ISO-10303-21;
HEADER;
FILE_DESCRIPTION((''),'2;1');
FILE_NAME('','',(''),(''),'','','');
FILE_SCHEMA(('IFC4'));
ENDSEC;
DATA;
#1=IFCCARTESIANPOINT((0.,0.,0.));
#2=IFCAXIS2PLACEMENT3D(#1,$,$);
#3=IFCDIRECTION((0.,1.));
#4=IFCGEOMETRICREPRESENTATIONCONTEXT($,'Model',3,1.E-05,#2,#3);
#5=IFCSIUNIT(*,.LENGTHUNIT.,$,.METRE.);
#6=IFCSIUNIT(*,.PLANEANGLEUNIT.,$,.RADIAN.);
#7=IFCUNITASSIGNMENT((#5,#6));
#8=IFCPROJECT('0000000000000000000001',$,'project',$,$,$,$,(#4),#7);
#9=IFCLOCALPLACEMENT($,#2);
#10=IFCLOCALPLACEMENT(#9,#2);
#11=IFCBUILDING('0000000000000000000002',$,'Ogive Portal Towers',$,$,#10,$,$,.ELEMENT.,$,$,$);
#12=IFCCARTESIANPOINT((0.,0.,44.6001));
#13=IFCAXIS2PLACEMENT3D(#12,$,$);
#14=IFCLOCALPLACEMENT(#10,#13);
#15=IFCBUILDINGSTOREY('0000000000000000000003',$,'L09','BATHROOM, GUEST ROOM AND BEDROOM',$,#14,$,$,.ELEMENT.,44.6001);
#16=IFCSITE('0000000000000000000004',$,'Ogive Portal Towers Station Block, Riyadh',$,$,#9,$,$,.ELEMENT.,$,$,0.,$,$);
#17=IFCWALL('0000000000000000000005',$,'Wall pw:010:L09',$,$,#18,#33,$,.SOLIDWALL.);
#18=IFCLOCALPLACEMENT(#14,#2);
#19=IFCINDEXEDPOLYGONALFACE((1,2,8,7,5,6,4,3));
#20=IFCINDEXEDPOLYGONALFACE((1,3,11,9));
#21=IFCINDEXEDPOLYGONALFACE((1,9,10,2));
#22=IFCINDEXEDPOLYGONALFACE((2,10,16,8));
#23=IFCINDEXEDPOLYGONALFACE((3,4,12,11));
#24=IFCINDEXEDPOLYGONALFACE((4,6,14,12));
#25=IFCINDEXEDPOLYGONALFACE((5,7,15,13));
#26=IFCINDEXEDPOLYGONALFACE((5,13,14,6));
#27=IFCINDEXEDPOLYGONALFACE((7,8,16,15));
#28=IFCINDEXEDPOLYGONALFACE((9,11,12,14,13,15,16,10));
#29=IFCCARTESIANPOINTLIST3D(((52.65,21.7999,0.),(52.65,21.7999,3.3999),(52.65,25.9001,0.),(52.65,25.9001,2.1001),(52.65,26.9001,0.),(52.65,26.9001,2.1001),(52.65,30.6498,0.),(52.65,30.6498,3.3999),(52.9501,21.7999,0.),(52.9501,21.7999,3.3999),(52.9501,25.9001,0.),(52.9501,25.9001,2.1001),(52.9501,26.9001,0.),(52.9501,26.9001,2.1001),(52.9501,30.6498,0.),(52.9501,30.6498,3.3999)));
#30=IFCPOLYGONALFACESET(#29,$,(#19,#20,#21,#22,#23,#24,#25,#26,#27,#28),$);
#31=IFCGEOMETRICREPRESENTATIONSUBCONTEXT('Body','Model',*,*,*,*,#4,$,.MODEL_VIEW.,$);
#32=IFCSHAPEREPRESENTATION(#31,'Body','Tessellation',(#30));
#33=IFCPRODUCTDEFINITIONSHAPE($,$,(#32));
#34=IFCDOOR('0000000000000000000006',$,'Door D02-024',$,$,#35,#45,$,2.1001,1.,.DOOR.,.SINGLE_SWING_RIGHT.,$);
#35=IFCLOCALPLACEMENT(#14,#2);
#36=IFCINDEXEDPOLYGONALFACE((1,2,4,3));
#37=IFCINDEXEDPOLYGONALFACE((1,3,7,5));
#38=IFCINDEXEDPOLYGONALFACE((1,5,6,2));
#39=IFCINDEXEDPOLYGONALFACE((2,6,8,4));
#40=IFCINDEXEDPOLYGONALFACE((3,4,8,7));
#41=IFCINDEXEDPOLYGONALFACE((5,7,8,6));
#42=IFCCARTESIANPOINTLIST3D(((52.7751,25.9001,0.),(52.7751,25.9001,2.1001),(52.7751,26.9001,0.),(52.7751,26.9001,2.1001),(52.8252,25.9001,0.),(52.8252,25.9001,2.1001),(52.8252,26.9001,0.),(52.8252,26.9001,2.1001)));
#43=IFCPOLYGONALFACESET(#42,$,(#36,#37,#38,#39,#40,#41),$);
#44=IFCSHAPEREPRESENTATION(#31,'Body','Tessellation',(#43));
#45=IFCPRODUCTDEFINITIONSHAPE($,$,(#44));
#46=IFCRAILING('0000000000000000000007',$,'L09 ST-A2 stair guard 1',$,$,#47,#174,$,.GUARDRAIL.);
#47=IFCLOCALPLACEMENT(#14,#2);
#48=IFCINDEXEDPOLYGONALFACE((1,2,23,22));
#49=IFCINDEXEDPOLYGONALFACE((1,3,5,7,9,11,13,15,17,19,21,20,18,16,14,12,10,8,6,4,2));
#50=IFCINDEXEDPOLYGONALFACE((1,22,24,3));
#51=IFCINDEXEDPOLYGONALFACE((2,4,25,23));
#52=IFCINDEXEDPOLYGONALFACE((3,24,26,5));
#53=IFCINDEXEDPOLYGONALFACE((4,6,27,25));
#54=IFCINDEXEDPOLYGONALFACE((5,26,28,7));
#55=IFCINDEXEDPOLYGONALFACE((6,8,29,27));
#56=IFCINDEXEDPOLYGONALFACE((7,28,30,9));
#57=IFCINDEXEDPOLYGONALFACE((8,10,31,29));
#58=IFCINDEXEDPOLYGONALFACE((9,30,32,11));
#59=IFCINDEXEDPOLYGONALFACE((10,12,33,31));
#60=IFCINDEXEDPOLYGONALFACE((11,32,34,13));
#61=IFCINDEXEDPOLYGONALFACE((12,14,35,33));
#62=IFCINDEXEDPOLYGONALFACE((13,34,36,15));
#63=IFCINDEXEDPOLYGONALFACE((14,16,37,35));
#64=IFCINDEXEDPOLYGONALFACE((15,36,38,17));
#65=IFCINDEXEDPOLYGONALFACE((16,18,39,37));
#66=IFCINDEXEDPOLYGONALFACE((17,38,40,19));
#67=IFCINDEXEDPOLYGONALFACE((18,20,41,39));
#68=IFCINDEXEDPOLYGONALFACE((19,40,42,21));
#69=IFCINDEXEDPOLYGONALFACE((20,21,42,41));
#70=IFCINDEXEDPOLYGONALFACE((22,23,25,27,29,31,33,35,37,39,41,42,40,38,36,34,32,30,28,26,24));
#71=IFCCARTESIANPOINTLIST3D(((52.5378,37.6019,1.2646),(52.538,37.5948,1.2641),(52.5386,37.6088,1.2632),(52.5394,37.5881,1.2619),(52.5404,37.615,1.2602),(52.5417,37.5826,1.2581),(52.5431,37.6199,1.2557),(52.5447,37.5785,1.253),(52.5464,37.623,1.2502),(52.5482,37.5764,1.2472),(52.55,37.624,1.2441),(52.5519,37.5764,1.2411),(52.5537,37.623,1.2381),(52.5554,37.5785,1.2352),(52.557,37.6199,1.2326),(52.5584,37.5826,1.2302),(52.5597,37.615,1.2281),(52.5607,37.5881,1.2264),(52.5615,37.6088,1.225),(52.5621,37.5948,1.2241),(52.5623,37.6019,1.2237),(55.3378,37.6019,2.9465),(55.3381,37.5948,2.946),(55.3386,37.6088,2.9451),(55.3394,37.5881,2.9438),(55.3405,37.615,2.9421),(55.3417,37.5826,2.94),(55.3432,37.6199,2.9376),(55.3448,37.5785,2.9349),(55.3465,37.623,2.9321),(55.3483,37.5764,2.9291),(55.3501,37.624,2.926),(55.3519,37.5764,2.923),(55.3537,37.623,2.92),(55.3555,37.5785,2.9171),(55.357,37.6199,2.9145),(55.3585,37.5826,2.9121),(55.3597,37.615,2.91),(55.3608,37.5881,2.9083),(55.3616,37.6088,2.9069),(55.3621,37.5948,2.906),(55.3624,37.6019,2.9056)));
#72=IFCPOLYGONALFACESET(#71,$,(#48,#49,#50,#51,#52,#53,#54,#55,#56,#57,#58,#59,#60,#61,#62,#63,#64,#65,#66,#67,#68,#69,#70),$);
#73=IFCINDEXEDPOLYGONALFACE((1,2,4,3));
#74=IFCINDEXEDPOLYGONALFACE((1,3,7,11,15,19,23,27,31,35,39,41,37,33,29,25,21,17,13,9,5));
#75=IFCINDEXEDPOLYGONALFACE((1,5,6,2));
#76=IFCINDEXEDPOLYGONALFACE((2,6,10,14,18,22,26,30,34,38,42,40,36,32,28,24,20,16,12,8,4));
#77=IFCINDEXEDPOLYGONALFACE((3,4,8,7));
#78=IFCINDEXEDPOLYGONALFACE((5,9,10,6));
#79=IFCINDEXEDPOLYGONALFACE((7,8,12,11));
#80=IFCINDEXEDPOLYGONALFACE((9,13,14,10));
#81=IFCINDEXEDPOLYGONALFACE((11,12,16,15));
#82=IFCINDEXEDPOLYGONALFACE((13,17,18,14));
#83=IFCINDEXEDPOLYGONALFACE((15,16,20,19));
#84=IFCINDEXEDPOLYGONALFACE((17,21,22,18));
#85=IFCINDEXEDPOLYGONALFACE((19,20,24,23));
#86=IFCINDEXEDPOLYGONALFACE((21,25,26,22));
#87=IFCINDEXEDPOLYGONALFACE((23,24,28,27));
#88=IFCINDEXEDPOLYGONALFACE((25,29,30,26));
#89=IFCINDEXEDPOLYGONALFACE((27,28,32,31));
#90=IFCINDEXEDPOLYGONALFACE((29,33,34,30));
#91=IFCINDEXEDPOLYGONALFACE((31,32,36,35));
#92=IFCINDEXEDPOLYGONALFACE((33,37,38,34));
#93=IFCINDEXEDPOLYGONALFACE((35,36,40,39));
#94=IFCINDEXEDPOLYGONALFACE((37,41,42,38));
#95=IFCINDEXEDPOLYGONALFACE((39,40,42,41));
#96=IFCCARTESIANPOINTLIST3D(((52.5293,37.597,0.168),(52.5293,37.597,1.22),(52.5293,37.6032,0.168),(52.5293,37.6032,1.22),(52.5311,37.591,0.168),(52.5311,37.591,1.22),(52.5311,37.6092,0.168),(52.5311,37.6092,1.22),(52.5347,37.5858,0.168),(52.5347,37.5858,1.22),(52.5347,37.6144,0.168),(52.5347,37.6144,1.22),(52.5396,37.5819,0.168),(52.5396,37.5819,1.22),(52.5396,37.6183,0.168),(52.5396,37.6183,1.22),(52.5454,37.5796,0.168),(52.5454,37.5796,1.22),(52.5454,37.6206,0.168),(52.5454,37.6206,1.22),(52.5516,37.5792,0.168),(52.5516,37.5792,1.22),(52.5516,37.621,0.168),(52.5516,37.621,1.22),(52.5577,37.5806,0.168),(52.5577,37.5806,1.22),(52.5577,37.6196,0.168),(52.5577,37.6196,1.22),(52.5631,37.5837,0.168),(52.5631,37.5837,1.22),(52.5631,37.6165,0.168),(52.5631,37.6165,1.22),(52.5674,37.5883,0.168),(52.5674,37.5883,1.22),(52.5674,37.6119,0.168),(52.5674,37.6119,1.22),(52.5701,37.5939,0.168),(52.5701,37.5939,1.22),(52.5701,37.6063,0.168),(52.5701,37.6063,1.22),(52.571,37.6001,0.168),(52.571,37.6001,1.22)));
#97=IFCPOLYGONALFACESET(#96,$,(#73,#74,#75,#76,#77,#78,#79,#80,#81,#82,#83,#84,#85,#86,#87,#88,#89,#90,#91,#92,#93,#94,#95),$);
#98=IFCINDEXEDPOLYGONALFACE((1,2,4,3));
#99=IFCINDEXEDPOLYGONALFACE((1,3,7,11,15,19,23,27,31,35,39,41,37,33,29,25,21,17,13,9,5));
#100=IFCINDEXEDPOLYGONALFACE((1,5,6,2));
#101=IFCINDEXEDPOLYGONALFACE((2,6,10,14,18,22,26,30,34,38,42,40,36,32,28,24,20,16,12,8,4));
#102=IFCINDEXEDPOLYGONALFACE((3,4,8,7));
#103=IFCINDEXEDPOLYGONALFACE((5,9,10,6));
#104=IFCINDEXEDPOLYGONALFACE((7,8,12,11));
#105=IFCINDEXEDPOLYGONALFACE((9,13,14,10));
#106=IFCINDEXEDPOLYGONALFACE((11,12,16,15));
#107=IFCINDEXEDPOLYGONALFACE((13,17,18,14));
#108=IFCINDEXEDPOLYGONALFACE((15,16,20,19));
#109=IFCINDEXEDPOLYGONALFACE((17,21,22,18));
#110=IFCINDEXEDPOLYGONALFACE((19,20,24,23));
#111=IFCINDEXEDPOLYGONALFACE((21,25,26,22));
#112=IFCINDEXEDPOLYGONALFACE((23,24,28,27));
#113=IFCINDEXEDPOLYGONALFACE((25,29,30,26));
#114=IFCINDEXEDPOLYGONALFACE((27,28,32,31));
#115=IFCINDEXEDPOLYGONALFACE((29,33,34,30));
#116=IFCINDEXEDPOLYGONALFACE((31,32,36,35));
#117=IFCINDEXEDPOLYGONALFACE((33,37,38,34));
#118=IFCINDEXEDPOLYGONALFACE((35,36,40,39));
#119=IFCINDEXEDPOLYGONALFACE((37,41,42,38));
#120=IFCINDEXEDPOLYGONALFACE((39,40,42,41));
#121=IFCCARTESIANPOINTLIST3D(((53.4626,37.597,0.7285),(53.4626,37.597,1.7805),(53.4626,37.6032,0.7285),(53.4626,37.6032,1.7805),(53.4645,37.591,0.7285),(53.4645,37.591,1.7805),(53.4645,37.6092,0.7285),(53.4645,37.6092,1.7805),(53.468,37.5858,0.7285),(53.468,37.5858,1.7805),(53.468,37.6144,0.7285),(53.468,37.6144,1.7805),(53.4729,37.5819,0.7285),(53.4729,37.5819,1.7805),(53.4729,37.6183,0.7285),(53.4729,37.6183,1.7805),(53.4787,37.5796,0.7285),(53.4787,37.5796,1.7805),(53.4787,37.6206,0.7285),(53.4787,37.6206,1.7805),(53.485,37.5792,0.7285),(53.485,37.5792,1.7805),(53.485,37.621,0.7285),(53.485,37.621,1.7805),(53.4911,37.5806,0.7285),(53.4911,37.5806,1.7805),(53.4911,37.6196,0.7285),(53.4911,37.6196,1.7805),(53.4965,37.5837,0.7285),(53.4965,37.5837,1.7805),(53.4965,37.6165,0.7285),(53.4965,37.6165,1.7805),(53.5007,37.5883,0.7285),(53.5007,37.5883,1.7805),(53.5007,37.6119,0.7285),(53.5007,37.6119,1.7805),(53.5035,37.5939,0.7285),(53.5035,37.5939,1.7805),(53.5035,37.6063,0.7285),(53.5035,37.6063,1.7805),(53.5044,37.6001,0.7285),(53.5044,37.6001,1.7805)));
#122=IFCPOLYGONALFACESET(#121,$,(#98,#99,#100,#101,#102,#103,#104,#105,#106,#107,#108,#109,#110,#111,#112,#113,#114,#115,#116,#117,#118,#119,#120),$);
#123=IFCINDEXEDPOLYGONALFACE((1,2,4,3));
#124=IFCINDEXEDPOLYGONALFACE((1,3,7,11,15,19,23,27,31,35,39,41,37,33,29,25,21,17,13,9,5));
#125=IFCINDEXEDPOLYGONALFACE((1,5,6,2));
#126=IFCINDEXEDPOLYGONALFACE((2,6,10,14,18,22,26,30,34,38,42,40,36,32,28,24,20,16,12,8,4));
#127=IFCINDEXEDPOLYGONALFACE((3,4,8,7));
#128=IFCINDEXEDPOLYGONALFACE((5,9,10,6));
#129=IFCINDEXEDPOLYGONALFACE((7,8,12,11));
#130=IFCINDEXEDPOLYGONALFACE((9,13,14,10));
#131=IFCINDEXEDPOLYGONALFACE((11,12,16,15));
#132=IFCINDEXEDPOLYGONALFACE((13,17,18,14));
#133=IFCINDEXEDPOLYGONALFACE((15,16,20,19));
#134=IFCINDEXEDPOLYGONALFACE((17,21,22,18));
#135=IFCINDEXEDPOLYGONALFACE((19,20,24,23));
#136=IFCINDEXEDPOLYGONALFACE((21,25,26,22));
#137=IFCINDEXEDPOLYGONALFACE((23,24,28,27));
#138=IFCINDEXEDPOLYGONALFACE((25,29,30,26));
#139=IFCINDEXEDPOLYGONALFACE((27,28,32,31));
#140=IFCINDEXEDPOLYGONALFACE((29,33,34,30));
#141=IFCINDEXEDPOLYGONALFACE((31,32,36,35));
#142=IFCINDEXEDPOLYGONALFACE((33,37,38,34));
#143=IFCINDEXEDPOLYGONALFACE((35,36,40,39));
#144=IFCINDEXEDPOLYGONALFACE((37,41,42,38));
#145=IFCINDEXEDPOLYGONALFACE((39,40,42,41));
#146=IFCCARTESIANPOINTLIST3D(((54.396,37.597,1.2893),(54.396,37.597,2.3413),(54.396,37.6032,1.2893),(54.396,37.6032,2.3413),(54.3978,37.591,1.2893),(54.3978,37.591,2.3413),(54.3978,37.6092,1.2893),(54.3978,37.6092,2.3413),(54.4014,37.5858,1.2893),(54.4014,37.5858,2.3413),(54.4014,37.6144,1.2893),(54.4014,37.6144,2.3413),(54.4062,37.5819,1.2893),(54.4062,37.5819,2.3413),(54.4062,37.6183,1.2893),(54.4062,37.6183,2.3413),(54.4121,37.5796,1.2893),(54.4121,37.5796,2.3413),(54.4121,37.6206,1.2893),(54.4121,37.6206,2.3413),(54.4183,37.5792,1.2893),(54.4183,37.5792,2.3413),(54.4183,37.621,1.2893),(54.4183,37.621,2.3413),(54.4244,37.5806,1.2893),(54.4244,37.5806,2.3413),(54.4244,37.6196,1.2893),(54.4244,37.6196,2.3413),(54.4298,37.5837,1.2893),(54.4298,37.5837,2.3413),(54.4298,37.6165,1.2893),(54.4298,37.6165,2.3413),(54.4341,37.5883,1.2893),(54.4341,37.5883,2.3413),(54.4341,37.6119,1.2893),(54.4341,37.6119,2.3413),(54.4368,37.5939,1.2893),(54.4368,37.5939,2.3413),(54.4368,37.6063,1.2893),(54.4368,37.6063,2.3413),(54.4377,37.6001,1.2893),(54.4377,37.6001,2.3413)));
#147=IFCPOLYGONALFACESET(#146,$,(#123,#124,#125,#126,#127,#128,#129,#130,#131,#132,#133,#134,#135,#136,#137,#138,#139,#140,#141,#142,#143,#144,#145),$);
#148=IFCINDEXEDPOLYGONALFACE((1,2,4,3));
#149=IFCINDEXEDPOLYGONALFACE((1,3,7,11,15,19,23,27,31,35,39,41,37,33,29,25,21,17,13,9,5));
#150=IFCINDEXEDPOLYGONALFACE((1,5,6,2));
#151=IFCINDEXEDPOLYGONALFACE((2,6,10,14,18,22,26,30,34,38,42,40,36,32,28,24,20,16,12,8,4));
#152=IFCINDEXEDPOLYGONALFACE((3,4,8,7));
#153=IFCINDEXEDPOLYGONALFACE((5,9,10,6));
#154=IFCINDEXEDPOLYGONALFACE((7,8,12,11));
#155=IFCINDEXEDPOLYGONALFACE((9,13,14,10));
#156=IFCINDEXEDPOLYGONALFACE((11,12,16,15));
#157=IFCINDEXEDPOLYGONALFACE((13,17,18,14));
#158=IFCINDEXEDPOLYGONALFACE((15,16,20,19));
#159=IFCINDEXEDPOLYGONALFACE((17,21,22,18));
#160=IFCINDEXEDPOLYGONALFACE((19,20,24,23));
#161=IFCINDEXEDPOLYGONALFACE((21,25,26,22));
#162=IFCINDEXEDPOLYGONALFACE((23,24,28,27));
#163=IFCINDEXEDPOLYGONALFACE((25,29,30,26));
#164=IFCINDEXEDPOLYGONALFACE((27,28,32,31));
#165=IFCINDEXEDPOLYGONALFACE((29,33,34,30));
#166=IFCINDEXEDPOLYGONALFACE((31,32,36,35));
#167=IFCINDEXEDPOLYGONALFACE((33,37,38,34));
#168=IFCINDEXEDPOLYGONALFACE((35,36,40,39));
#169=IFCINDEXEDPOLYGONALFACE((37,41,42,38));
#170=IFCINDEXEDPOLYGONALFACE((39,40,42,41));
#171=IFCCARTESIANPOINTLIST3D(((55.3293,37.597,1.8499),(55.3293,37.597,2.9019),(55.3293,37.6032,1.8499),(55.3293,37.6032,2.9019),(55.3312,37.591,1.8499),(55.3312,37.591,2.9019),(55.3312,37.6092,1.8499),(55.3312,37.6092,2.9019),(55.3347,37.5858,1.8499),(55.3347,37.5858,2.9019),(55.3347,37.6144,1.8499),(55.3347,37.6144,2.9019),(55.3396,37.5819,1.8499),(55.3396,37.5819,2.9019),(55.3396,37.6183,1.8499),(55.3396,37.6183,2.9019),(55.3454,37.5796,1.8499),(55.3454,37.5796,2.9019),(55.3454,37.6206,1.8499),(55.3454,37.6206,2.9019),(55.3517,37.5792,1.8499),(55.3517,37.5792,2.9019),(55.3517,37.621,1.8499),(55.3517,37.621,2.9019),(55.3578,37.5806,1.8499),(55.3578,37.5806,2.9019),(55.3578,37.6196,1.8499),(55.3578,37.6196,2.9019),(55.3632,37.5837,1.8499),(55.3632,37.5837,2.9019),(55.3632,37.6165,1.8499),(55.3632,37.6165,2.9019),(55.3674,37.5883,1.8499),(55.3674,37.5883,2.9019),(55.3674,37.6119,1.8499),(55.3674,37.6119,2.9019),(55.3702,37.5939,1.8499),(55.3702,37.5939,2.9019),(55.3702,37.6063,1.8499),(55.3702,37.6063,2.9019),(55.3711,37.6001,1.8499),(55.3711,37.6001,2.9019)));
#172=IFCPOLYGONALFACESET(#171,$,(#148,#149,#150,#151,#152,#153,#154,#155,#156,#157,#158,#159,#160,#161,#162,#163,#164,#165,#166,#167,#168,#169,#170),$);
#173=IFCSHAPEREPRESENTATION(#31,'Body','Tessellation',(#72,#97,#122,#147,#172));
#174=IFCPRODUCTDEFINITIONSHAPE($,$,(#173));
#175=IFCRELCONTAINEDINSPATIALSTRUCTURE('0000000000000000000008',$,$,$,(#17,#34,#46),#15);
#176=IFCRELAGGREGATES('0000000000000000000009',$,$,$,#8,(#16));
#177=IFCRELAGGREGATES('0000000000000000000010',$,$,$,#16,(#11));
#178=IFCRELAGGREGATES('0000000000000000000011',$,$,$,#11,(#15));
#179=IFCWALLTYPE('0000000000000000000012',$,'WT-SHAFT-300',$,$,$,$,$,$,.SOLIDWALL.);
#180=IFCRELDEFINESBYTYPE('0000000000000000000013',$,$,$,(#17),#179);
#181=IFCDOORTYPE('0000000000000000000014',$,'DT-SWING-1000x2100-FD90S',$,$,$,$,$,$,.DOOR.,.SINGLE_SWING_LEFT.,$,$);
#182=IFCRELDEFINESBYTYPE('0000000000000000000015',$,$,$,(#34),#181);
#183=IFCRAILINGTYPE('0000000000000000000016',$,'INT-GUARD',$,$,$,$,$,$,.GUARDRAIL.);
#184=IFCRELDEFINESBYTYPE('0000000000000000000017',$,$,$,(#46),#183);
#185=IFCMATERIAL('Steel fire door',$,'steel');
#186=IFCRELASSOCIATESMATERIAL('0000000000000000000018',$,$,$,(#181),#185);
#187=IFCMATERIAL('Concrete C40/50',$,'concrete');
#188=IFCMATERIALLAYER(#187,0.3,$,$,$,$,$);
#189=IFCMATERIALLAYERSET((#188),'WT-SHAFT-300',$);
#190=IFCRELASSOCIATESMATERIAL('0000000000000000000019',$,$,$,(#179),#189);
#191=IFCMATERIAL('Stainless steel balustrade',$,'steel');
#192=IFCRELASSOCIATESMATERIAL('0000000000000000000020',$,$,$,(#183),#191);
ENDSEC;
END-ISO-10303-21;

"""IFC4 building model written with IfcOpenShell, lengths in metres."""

from ifc_helpers import new_model, si_unit, direction, frame, frame_2d, origin, origin_2d, place, context, subcontext, project, spatial, rectangle, circle, extrude, material, layer, layer_set, type_object, element, fill, save


model = new_model("IFC4")

# Units and contexts
model_context = context("Model", 3, precision=1e-05, world=origin(), true_north=direction((0.0, 1.0)))
body_context = subcontext(model_context, "Body", "Model", "MODEL_VIEW")
ifc_project = project(units=[si_unit("LENGTHUNIT", "METRE"), si_unit("PLANEANGLEUNIT", "RADIAN")], contexts=[model_context])

# Site, building, storey
site_placement = place(None, origin())
site = spatial("IfcSite", under=ifc_project, at=site_placement, Name="Ogive Portal Towers Station Block, Riyadh", CompositionType="ELEMENT", RefElevation=0.0)
building_placement = place(site_placement, origin())
building = spatial("IfcBuilding", under=site, at=building_placement, Name="Ogive Portal Towers", CompositionType="ELEMENT")
storey_placement = place(building_placement, frame((0.0, 0.0, 44.6001)))
storey = spatial("IfcBuildingStorey", under=building, at=storey_placement, Name="L09", Description="BATHROOM, GUEST ROOM AND BEDROOM", CompositionType="ELEMENT", Elevation=44.6001)

# Shared definitions
ifc_material_1 = material(Name="Steel fire door", Category="steel")
door_type_1 = type_object("IfcDoorType", Name="DT-SWING-1000x2100-FD90S", OperationType="SINGLE_SWING_LEFT", PredefinedType="DOOR", material=ifc_material_1)

# Shared definitions
ifc_material_2 = material(Name="Concrete C40/50", Category="concrete")
ifc_layer_1 = layer(ifc_material_2, 0.3)
ifc_layer_set_1 = layer_set([ifc_layer_1], Name="WT-SHAFT-300")
wall_type_1 = type_object("IfcWallType", Name="WT-SHAFT-300", PredefinedType="SOLIDWALL", material=ifc_layer_set_1)

# Wall, opening, door
wall_1_placement = place(storey_placement, frame((52.8, 21.8, 0.0), z_axis=(0.0, 0.0, 1.0), x_axis=(0.0, 1.0, 0.0)))
wall_1 = element("IfcWall", 1, at=wall_1_placement, inside=storey, type_object=wall_type_1, Name="Wall pw:010:L09", PredefinedType="SOLIDWALL", context=body_context, shape_type="SweptSolid", body=[
    extrude(rectangle(XDim=8.8499, YDim=0.3, at=frame_2d((4.4248, 0.0))), origin(), (0.0, 0.0, 1.0), 3.3999),
])
opening_1_placement = place(wall_1_placement, frame((4.1001, 0.0, 0.0)))
opening_1 = element("IfcOpeningElement", 2, at=opening_1_placement, cuts=wall_1, PredefinedType="OPENING", context=body_context, shape_type="SweptSolid", body=[
    extrude(rectangle(XDim=1.0, YDim=2.1001, at=frame_2d((0.5, 1.05))), frame((0.0, 0.1602, 0.0), z_axis=(0.0, -1.0, 0.0), x_axis=(1.0, 0.0, 0.0)), (0.0, 0.0, 1.0), 0.3201),
])
door_1_placement = place(opening_1_placement, origin())
door_1 = element("IfcDoor", 3, at=door_1_placement, inside=storey, type_object=door_type_1, Name="Door D02-024", OperationType="SINGLE_SWING_RIGHT", OverallHeight=2.1001, OverallWidth=1.0, PredefinedType="DOOR", context=body_context, shape_type="SweptSolid", body=[
    extrude(rectangle(XDim=1.0, YDim=2.1001, at=frame_2d((0.5, 1.05))), frame((0.0, 0.0249, 0.0), z_axis=(0.0, -1.0, 0.0), x_axis=(1.0, 0.0, 0.0)), (0.0, 0.0, 1.0), 0.05),
])
fill(opening_1, door_1)

# Railing
ifc_material_3 = material(Name="Stainless steel balustrade", Category="steel")
railing_type_1 = type_object("IfcRailingType", Name="INT-GUARD", PredefinedType="GUARDRAIL", material=ifc_material_3)
railing_1_placement = place(storey_placement, frame((52.55, 37.6001, 0.168)))
element("IfcRailing", 4, at=railing_1_placement, inside=storey, type_object=railing_type_1, Name="L09 ST-A2 stair guard 1", PredefinedType="GUARDRAIL", context=body_context, shape_type="SweptSolid", body=[
    extrude(circle(Radius=0.0239, at=origin_2d()), frame((0.0, 0.0, 1.0762), z_axis=(0.857242, 0.0, 0.514913), x_axis=(0.0, 1.0, 0.0)), (0.0, 0.0, 1.0), 3.2664),
    extrude(circle(Radius=0.021, at=origin_2d()), origin(), (0.0, 0.0, 1.0), 1.052),
    extrude(circle(Radius=0.021, at=origin_2d()), frame((0.9333, 0.0, 0.5605)), (0.0, 0.0, 1.0), 1.052),
    extrude(circle(Radius=0.021, at=origin_2d()), frame((1.8667, 0.0, 1.1213)), (0.0, 0.0, 1.0), 1.052),
    extrude(circle(Radius=0.021, at=origin_2d()), frame((2.8, 0.0, 1.6819)), (0.0, 0.0, 1.0), 1.052),
])

save(model, "model.ifc")
